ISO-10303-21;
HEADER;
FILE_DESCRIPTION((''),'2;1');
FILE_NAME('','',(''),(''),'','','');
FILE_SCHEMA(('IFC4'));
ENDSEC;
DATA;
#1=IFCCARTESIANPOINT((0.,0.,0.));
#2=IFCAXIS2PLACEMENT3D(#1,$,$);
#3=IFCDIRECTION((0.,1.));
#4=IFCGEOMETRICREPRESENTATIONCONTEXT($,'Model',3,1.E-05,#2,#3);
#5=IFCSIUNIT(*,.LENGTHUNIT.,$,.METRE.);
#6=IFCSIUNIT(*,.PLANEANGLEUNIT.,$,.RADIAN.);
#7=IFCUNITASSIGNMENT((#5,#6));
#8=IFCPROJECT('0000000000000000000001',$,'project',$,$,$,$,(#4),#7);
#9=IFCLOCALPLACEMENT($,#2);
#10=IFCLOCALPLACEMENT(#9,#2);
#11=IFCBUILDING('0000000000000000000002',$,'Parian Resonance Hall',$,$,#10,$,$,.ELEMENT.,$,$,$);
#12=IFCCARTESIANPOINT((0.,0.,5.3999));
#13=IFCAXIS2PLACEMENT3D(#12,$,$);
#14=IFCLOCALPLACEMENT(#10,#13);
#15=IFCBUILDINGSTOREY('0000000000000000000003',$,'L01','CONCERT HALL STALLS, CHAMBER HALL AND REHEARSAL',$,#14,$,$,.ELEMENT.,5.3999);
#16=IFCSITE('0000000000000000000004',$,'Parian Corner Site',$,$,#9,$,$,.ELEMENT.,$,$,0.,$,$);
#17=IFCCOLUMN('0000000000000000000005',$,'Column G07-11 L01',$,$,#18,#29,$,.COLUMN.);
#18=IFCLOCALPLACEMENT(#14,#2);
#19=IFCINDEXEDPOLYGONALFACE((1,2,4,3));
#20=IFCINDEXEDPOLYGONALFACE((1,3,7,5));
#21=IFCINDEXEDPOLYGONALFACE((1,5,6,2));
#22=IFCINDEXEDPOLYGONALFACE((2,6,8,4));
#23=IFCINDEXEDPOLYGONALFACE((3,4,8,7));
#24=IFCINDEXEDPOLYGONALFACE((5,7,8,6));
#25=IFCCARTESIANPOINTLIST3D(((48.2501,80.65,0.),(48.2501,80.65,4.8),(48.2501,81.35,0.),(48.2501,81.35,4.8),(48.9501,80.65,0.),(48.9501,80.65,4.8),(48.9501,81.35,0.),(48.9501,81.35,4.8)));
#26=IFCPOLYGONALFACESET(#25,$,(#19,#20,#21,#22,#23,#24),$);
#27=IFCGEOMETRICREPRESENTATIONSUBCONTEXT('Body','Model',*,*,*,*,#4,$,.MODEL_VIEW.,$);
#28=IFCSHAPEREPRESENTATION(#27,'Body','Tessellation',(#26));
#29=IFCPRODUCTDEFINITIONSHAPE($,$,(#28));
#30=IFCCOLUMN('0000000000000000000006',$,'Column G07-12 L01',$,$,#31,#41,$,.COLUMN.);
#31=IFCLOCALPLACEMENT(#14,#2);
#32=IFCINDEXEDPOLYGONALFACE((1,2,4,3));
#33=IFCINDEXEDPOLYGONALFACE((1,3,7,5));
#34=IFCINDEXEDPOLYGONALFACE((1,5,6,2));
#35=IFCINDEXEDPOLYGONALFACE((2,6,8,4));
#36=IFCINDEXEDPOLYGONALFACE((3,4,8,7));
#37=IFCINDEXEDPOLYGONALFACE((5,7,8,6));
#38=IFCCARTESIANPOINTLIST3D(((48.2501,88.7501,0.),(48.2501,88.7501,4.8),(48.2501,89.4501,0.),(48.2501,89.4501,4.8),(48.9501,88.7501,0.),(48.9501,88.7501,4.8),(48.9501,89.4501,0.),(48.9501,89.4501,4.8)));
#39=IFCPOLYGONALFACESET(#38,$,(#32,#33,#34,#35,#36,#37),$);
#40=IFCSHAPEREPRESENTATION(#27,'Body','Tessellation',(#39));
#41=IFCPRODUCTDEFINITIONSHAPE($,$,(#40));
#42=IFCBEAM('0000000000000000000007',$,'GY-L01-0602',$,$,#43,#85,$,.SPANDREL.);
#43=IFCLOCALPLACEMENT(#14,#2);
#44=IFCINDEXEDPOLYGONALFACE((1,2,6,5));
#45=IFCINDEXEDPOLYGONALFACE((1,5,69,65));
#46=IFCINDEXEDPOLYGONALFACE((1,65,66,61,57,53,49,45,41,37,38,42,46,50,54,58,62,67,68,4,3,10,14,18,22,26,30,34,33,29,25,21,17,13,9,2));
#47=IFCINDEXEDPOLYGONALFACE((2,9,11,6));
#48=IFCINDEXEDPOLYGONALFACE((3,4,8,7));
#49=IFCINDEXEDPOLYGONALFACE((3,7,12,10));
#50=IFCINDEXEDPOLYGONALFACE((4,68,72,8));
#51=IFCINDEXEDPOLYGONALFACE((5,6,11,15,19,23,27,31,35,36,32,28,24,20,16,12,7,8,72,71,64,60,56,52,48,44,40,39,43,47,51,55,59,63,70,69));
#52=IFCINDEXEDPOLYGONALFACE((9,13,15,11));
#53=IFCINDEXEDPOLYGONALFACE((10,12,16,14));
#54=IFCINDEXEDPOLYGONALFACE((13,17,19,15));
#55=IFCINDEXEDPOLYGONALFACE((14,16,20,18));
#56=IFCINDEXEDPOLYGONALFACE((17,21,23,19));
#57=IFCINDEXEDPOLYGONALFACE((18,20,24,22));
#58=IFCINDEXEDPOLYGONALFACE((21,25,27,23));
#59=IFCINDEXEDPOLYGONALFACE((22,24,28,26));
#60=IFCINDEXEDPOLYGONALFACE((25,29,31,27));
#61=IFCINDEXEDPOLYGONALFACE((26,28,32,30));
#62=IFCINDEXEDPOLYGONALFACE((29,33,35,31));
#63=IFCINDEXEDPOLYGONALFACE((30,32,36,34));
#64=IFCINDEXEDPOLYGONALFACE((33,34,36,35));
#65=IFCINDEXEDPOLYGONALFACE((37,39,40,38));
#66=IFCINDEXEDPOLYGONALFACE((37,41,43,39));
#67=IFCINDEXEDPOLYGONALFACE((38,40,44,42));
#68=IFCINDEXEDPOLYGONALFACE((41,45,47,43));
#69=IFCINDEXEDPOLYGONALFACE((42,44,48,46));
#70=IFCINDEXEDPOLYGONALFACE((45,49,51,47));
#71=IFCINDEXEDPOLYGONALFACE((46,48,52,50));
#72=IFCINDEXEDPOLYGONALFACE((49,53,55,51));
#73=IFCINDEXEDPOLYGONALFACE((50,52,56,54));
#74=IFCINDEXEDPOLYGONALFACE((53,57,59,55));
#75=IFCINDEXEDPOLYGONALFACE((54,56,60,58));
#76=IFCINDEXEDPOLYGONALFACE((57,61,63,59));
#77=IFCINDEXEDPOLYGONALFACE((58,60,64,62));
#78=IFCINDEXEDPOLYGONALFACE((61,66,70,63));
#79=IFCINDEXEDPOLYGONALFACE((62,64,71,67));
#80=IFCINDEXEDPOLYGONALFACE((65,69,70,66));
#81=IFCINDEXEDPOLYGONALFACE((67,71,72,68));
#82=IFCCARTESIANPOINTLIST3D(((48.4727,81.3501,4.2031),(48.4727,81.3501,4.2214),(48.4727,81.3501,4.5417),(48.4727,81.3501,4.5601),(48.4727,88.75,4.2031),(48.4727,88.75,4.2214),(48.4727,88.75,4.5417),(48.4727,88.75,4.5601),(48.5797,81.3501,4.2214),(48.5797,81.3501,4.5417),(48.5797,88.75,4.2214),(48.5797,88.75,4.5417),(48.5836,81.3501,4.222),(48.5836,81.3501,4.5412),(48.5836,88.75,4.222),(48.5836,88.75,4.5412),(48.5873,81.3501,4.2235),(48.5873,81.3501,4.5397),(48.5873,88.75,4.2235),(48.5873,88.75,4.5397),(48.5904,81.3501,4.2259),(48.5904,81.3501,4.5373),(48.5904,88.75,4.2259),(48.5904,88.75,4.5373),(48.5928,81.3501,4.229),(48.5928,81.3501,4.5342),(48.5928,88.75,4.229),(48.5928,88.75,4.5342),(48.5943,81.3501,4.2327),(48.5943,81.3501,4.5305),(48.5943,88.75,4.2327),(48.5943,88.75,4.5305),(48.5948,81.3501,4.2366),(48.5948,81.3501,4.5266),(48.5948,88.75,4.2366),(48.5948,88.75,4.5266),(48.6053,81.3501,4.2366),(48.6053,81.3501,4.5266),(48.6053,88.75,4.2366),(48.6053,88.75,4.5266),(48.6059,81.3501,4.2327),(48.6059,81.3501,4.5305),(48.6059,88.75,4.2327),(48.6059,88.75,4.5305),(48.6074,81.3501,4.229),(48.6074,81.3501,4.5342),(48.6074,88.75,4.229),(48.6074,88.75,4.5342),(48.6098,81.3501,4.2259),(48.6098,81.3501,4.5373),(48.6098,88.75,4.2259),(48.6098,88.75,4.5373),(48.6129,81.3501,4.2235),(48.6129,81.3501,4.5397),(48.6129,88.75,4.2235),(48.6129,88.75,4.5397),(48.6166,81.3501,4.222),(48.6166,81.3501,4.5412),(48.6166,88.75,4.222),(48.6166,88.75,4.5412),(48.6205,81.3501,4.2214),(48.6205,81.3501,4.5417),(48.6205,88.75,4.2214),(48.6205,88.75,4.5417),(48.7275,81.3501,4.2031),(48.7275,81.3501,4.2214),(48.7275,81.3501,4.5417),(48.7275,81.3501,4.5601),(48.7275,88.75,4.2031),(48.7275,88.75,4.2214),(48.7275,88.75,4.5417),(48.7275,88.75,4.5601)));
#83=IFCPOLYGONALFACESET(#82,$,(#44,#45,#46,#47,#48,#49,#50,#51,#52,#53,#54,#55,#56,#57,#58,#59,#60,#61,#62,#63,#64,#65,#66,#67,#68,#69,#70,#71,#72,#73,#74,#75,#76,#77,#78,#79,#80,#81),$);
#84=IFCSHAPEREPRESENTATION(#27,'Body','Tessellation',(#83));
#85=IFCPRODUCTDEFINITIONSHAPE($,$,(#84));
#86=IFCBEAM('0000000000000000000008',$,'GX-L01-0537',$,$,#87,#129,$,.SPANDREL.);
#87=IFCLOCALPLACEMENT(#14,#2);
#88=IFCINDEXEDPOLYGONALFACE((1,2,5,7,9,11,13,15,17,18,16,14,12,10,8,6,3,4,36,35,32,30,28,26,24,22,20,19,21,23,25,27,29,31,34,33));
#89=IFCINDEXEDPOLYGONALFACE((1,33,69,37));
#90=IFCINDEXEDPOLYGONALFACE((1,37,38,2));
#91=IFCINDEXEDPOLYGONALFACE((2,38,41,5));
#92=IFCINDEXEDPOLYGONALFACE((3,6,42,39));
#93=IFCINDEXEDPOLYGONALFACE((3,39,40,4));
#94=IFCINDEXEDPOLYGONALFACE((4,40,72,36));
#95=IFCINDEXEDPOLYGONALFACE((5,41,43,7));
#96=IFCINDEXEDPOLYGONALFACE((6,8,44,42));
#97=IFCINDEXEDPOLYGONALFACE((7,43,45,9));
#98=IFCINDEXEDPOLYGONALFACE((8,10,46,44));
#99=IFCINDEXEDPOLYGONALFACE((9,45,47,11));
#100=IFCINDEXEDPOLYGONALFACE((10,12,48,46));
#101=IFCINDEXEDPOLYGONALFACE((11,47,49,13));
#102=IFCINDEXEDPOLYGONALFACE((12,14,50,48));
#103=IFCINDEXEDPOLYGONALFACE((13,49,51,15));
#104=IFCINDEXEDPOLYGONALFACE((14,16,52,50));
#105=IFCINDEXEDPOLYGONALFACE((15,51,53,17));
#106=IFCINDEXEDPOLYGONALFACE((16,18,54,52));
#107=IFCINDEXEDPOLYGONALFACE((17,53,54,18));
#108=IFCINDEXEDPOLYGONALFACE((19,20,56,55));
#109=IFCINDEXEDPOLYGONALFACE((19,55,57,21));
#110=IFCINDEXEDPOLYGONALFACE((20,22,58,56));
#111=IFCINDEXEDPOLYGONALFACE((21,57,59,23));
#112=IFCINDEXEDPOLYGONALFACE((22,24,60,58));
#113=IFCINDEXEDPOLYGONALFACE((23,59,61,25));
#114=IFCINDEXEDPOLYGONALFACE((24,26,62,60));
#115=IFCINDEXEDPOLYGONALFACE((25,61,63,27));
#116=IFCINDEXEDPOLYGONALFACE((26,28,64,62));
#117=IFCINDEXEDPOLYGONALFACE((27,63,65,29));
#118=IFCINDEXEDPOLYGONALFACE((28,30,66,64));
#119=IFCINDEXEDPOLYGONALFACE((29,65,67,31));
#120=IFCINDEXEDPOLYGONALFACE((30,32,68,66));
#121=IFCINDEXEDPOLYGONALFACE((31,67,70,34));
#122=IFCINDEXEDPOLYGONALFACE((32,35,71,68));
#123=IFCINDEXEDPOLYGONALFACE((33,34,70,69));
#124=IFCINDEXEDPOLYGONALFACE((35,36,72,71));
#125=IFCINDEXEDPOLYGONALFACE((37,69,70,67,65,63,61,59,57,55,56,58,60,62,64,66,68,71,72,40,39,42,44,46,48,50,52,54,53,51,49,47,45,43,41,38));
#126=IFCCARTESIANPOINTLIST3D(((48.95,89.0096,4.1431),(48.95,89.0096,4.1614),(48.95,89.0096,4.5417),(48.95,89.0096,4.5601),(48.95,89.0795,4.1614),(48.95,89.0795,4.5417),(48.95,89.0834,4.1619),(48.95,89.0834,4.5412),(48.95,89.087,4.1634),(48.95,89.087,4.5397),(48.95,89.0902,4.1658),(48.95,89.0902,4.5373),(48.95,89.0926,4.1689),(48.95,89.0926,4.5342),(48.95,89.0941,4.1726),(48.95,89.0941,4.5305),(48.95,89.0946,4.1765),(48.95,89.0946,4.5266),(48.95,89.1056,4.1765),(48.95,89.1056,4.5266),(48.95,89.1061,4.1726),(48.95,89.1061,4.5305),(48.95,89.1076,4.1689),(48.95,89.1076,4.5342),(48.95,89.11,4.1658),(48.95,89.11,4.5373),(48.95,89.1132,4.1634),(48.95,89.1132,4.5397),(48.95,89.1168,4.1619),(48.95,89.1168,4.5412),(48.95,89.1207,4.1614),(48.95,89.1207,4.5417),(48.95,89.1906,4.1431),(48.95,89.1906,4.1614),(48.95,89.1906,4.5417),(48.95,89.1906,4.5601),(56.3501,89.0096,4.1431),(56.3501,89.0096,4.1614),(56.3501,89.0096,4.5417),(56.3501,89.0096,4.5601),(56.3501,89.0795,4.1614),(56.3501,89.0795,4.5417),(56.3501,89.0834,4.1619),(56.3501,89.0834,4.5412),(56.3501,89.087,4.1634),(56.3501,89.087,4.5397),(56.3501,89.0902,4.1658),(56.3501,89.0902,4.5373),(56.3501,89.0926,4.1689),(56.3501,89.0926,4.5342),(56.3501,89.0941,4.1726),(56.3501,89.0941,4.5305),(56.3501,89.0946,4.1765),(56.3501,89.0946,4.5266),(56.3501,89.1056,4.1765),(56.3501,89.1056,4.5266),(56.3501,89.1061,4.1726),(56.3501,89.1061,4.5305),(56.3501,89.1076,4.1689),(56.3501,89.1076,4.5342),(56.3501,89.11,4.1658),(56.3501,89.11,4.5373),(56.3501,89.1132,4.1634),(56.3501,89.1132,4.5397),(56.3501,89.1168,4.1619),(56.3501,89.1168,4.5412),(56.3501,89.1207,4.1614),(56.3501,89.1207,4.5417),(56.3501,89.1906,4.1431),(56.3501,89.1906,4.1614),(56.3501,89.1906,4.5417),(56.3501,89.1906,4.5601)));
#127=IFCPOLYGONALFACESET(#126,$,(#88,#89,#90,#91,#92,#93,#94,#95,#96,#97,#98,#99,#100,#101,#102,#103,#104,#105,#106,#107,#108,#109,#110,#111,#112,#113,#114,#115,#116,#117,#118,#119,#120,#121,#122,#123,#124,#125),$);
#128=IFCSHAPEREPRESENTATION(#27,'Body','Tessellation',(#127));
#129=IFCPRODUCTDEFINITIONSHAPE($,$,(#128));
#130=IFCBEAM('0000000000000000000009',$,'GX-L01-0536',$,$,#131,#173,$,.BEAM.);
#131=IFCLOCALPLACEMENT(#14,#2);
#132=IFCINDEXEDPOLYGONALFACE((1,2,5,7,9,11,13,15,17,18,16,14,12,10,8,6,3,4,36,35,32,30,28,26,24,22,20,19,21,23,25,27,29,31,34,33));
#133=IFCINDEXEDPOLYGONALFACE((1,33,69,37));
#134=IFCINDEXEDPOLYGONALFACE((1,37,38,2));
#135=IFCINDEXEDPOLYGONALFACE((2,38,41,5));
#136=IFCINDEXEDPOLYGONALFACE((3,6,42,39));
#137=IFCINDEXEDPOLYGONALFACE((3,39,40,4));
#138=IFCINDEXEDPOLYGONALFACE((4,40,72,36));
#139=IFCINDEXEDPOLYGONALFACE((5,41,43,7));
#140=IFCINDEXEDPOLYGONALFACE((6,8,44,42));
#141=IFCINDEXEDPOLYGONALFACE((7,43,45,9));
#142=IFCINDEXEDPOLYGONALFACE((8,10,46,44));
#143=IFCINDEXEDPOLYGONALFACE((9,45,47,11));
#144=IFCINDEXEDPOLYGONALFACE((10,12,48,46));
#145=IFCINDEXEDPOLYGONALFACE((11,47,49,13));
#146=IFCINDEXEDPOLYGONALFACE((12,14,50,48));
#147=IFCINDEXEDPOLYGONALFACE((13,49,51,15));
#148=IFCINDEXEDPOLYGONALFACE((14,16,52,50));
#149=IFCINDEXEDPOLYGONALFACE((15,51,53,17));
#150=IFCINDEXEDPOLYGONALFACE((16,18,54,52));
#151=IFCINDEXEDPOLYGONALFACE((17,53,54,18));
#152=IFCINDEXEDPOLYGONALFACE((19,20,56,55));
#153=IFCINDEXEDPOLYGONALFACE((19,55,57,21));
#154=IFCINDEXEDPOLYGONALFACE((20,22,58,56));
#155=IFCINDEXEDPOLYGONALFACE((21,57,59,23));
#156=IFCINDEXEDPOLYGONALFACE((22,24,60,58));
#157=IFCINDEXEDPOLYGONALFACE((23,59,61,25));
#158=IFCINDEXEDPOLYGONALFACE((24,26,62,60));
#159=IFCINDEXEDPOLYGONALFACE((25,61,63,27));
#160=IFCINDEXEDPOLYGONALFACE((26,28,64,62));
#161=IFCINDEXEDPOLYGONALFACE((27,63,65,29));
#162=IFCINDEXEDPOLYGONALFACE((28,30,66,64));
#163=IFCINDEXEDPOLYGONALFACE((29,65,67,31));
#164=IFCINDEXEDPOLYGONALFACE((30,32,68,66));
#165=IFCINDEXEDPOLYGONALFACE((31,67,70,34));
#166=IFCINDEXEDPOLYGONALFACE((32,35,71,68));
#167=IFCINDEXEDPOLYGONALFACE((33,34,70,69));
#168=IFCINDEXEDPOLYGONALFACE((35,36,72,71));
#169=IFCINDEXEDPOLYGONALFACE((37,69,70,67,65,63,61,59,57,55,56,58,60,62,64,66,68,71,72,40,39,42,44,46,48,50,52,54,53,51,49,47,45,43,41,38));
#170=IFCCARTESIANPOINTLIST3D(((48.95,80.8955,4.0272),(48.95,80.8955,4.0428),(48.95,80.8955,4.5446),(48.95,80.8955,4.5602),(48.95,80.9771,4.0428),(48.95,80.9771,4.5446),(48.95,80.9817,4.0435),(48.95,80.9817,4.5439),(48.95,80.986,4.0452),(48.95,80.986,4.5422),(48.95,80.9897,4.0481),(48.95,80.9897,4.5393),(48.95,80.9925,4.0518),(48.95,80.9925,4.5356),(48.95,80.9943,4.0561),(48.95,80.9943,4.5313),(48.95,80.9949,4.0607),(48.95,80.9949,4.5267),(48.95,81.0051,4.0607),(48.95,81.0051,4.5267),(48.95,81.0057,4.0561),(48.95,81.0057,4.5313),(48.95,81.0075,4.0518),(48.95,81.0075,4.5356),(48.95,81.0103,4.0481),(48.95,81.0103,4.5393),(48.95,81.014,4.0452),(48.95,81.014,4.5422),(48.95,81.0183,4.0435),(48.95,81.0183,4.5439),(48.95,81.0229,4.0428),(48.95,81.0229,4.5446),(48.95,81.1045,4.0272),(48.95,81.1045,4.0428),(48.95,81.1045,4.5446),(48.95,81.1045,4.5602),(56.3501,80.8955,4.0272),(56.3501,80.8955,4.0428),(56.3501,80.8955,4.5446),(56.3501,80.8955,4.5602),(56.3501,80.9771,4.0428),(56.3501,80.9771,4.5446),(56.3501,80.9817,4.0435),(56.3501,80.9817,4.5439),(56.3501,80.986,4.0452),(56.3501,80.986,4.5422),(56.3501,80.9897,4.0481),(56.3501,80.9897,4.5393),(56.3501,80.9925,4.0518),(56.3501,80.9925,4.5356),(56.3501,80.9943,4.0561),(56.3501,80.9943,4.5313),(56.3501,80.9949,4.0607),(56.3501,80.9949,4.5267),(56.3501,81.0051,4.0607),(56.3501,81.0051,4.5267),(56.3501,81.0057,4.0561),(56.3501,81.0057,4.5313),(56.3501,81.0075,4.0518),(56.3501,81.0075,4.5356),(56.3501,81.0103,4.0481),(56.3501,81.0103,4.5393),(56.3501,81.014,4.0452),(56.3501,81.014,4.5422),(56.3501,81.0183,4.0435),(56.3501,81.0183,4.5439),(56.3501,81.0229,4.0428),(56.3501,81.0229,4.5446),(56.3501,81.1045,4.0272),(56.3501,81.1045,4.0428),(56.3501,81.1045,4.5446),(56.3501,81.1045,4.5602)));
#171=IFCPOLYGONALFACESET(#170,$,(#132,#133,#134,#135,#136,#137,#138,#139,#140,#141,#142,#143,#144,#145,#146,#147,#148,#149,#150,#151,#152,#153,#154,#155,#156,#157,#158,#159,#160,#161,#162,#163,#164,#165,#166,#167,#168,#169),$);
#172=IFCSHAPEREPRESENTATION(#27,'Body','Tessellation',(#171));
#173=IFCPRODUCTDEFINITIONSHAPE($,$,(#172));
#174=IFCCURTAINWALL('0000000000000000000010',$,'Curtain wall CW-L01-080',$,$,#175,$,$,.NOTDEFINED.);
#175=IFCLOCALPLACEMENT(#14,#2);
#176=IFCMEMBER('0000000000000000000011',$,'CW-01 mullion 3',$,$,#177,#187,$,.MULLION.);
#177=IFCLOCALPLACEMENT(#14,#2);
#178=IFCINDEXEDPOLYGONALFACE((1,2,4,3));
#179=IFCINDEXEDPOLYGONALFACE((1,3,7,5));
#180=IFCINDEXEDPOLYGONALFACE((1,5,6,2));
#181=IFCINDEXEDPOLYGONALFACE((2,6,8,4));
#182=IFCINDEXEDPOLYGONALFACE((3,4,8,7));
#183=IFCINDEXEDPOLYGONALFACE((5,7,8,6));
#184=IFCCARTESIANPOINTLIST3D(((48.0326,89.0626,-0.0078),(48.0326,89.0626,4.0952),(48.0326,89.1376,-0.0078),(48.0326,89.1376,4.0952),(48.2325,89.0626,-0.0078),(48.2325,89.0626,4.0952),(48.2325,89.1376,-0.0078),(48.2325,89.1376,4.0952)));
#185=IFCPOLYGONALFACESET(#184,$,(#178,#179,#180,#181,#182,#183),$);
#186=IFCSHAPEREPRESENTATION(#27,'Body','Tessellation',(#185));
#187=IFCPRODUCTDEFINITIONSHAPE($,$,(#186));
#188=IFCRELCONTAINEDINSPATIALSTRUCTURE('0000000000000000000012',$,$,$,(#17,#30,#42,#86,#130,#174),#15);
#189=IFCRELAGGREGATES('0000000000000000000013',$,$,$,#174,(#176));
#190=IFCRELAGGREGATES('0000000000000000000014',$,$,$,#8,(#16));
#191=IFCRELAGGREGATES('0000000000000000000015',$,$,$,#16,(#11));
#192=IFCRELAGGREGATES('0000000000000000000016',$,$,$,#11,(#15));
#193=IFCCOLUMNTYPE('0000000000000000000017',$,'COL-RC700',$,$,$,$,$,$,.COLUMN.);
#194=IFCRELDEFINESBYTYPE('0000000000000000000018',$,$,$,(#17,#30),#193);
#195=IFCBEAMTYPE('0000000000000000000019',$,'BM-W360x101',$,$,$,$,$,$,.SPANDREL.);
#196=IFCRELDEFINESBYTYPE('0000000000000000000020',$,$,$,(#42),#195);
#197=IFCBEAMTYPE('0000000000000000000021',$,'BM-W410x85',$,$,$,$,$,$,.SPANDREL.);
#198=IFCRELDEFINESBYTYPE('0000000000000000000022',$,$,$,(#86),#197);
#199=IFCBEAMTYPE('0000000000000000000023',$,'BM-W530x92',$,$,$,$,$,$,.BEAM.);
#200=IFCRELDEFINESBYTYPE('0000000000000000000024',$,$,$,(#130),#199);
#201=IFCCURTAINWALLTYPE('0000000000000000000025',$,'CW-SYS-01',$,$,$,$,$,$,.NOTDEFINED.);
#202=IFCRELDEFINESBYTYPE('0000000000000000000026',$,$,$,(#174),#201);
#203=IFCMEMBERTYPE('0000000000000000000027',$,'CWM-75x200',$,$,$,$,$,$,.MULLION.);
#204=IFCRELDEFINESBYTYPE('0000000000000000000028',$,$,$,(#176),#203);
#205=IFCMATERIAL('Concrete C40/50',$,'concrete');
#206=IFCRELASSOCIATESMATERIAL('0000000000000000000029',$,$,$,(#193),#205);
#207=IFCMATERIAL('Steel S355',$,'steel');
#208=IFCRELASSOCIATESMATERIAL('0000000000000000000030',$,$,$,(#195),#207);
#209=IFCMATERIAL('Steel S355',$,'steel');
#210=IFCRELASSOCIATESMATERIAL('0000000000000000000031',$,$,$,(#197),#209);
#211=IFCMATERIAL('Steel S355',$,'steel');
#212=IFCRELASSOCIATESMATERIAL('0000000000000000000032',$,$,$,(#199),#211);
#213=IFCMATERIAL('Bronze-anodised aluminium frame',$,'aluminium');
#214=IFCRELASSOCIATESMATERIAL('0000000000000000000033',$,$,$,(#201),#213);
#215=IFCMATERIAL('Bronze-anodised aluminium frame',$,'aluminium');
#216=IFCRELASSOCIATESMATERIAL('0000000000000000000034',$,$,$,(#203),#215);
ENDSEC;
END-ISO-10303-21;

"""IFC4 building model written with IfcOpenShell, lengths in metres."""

from ifc_helpers import new_model, si_unit, direction, frame, origin, origin_2d, place, context, subcontext, project, spatial, rectangle, i_section, extrude, material, material_profile, profile_set, type_object, element, aggregate, save


model = new_model("IFC4")

# Units and contexts
model_context = context("Model", 3, precision=1e-05, world=origin(), true_north=direction((0.0, 1.0)))
body_context = subcontext(model_context, "Body", "Model", "MODEL_VIEW")
ifc_project = project(units=[si_unit("LENGTHUNIT", "METRE"), si_unit("PLANEANGLEUNIT", "RADIAN")], contexts=[model_context])

# Site, building, storey
site_placement = place(None, origin())
site = spatial("IfcSite", under=ifc_project, at=site_placement, Name="Parian Corner Site", CompositionType="ELEMENT", RefElevation=0.0)
building_placement = place(site_placement, origin())
building = spatial("IfcBuilding", under=site, at=building_placement, Name="Parian Resonance Hall", CompositionType="ELEMENT")
storey_placement = place(building_placement, frame((0.0, 0.0, 5.3999)))
storey = spatial("IfcBuildingStorey", under=building, at=storey_placement, Name="L01", Description="CONCERT HALL STALLS, CHAMBER HALL AND REHEARSAL", CompositionType="ELEMENT", Elevation=5.3999)

# Columns
ifc_material_1 = material(Name="Concrete C40/50", Category="concrete")
ifc_material_profile_1 = material_profile(ifc_material_1, rectangle(XDim=0.7, YDim=0.7, at=origin_2d()), Name="RC-COL-700x700")
ifc_profile_set_1 = profile_set([ifc_material_profile_1], Name="Concrete C40/50")
column_type = type_object("IfcColumnType", Name="COL-RC700", PredefinedType="COLUMN", material=ifc_profile_set_1)
for number, where, z_axis, x_axis, name in (
    (1, (48.6001, 81.0, 0.0), (0.0, 0.0, 1.0), (1.0, 0.0, 0.0), "Column G07-11 L01"),
    (2, (48.6001, 89.1001, 0.0), (0.0, 0.0, 1.0), (1.0, 0.0, 0.0), "Column G07-12 L01"),
):
    element("IfcColumn", number, at=place(storey_placement, frame(where, z_axis=z_axis, x_axis=x_axis)), inside=storey, type_object=column_type, Name=name, PredefinedType="COLUMN", context=body_context, shape_type="SweptSolid", body=[
        extrude(rectangle(XDim=0.7, YDim=0.7, at=origin_2d()), origin(), (0.0, 0.0, 1.0), 4.8),
    ])

# Beams
ifc_material_2 = material(Name="Steel S355", Category="steel")
ifc_material_profile_2 = material_profile(ifc_material_2, i_section(OverallWidth=0.2549, OverallDepth=0.3569, WebThickness=0.0105, FlangeThickness=0.0183, FilletRadius=0.0151, at=origin_2d()), Name="W360x101")
ifc_profile_set_2 = profile_set([ifc_material_profile_2], Name="Steel S355")
beam_type_1 = type_object("IfcBeamType", Name="BM-W360x101", PredefinedType="SPANDREL", material=ifc_profile_set_2)
beam_1_placement = place(storey_placement, frame((48.6001, 81.3501, 4.3816), z_axis=(0.0, 1.0, 0.0), x_axis=(-1.0, 0.0, 0.0)))
element("IfcBeam", 3, at=beam_1_placement, inside=storey, type_object=beam_type_1, Name="GY-L01-0602", PredefinedType="SPANDREL", context=body_context, shape_type="SweptSolid", body=[
    extrude(i_section(OverallWidth=0.2549, OverallDepth=0.3569, WebThickness=0.0105, FlangeThickness=0.0183, FilletRadius=0.0151, at=origin_2d()), origin(), (0.0, 0.0, 1.0), 7.3999),
])
ifc_material_3 = material(Name="Steel S355", Category="steel")
ifc_material_profile_3 = material_profile(ifc_material_3, i_section(OverallWidth=0.1809, OverallDepth=0.417, WebThickness=0.011, FlangeThickness=0.0183, FilletRadius=0.0151, at=origin_2d()), Name="W410x85")
ifc_profile_set_3 = profile_set([ifc_material_profile_3], Name="Steel S355")
beam_type_2 = type_object("IfcBeamType", Name="BM-W410x85", PredefinedType="SPANDREL", material=ifc_profile_set_3)
beam_2_placement = place(storey_placement, frame((48.95, 89.1001, 4.3516), z_axis=(1.0, 0.0, 0.0), x_axis=(0.0, 1.0, 0.0)))
element("IfcBeam", 4, at=beam_2_placement, inside=storey, type_object=beam_type_2, Name="GX-L01-0537", PredefinedType="SPANDREL", context=body_context, shape_type="SweptSolid", body=[
    extrude(i_section(OverallWidth=0.1809, OverallDepth=0.417, WebThickness=0.011, FlangeThickness=0.0183, FilletRadius=0.0151, at=origin_2d()), origin(), (0.0, 0.0, 1.0), 7.4001),
])
ifc_material_4 = material(Name="Steel S355", Category="steel")
ifc_material_profile_4 = material_profile(ifc_material_4, i_section(OverallWidth=0.209, OverallDepth=0.533, WebThickness=0.0103, FlangeThickness=0.0156, FilletRadius=0.0178, at=origin_2d()), Name="W530x92")
ifc_profile_set_4 = profile_set([ifc_material_profile_4], Name="Steel S355")
beam_type_3 = type_object("IfcBeamType", Name="BM-W530x92", PredefinedType="BEAM", material=ifc_profile_set_4)
beam_3_placement = place(storey_placement, frame((48.95, 81.0, 4.2937), z_axis=(1.0, 0.0, 0.0), x_axis=(0.0, 1.0, 0.0)))
element("IfcBeam", 5, at=beam_3_placement, inside=storey, type_object=beam_type_3, Name="GX-L01-0536", PredefinedType="BEAM", context=body_context, shape_type="SweptSolid", body=[
    extrude(i_section(OverallWidth=0.209, OverallDepth=0.533, WebThickness=0.0103, FlangeThickness=0.0156, FilletRadius=0.0178, at=origin_2d()), origin(), (0.0, 0.0, 1.0), 7.4001),
])

# Curtain wall, member
ifc_material_5 = material(Name="Bronze-anodised aluminium frame", Category="aluminium")
curtain_wall_type_1 = type_object("IfcCurtainWallType", Name="CW-SYS-01", PredefinedType="NOTDEFINED", material=ifc_material_5)
curtain_wall_1_placement = place(storey_placement, origin())
curtain_wall_1 = element("IfcCurtainWall", 6, at=curtain_wall_1_placement, inside=storey, type_object=curtain_wall_type_1, Name="Curtain wall CW-L01-080", PredefinedType="NOTDEFINED")
ifc_material_6 = material(Name="Bronze-anodised aluminium frame", Category="aluminium")
ifc_material_profile_5 = material_profile(ifc_material_6, rectangle(XDim=0.075, YDim=0.2, at=origin_2d()), Name="CWM-75x200")
ifc_profile_set_5 = profile_set([ifc_material_profile_5], Name="Bronze-anodised aluminium frame")
member_type_1 = type_object("IfcMemberType", Name="CWM-75x200", PredefinedType="MULLION", material=ifc_profile_set_5)
member_1_placement = place(storey_placement, frame((48.1326, 89.1001, -0.0078), z_axis=(0.0, 0.0, 1.0), x_axis=(0.0, 1.0, 0.0)))
member_1 = element("IfcMember", 7, at=member_1_placement, type_object=member_type_1, Name="CW-01 mullion 3", PredefinedType="MULLION", context=body_context, shape_type="SweptSolid", body=[
    extrude(rectangle(XDim=0.075, YDim=0.2, at=origin_2d()), origin(), (0.0, 0.0, 1.0), 4.103),
])

aggregate(curtain_wall_1, [member_1])

save(model, "model.ifc")
